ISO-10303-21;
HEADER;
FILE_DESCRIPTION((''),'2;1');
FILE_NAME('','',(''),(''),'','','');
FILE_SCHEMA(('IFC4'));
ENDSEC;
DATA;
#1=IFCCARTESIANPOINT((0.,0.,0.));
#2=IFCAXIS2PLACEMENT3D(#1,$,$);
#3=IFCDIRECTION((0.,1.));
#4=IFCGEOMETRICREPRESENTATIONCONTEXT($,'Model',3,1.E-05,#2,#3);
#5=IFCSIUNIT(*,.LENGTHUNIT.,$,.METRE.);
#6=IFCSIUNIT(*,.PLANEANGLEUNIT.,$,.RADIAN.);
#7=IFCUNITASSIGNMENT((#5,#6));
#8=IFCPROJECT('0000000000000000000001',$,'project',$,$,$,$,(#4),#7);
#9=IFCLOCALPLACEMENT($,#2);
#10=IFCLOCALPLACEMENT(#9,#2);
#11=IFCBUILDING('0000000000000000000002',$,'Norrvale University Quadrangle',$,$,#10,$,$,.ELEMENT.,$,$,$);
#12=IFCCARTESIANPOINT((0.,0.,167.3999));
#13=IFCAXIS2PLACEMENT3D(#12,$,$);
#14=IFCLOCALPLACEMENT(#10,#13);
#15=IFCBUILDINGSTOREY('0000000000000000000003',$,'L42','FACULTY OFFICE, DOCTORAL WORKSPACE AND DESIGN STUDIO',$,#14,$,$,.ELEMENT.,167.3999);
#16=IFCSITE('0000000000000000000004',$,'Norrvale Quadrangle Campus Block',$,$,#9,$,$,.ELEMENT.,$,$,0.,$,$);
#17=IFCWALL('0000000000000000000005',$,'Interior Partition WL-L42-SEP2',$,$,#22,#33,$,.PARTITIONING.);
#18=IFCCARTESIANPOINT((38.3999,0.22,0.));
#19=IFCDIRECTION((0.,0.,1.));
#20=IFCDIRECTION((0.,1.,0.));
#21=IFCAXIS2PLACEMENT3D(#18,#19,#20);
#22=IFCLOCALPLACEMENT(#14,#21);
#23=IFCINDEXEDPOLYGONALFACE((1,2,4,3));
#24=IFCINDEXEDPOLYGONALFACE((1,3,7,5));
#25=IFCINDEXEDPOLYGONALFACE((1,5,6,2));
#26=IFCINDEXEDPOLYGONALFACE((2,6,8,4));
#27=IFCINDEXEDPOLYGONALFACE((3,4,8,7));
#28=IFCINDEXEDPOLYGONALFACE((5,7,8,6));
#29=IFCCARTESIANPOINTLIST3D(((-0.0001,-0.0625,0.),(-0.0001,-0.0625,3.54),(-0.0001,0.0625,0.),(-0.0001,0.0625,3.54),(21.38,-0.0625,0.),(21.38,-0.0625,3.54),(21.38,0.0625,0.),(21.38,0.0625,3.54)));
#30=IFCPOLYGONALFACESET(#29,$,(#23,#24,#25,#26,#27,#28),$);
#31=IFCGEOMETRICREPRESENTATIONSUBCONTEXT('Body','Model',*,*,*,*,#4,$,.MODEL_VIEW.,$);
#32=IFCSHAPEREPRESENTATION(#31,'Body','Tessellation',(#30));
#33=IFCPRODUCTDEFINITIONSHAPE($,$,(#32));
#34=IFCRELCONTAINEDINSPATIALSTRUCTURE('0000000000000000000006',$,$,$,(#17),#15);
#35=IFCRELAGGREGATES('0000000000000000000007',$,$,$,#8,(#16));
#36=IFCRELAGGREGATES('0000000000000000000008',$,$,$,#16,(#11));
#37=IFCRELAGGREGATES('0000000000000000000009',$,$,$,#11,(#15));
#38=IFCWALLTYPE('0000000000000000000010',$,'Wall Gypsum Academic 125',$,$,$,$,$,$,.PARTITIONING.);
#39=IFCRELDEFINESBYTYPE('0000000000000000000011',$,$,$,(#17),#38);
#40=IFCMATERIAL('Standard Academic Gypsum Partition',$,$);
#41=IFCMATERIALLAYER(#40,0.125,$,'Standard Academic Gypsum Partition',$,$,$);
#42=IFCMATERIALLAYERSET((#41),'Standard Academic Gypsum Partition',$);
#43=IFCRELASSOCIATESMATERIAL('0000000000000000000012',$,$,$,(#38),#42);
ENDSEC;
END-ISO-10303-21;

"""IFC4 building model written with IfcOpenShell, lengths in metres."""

from ifc_helpers import new_model, si_unit, direction, frame, frame_2d, origin, place, context, subcontext, project, spatial, rectangle, extrude, material, layer, layer_set, type_object, element, save


model = new_model("IFC4")

# Units and contexts
model_context = context("Model", 3, precision=1e-05, world=origin(), true_north=direction((0.0, 1.0)))
body_context = subcontext(model_context, "Body", "Model", "MODEL_VIEW")
ifc_project = project(units=[si_unit("LENGTHUNIT", "METRE"), si_unit("PLANEANGLEUNIT", "RADIAN")], contexts=[model_context])

# Site, building, storey
site_placement = place(None, origin())
site = spatial("IfcSite", under=ifc_project, at=site_placement, Name="Norrvale Quadrangle Campus Block", CompositionType="ELEMENT", RefElevation=0.0)
building_placement = place(site_placement, origin())
building = spatial("IfcBuilding", under=site, at=building_placement, Name="Norrvale University Quadrangle", CompositionType="ELEMENT")
storey_placement = place(building_placement, frame((0.0, 0.0, 167.3999)))
storey = spatial("IfcBuildingStorey", under=building, at=storey_placement, Name="L42", Description="FACULTY OFFICE, DOCTORAL WORKSPACE AND DESIGN STUDIO", CompositionType="ELEMENT", Elevation=167.3999)

# Wall
ifc_material_1 = material(Name="Standard Academic Gypsum Partition")
ifc_layer_1 = layer(ifc_material_1, 0.125, Name="Standard Academic Gypsum Partition")
ifc_layer_set_1 = layer_set([ifc_layer_1], Name="Standard Academic Gypsum Partition")
wall_type_1 = type_object("IfcWallType", Name="Wall Gypsum Academic 125", PredefinedType="PARTITIONING", material=ifc_layer_set_1)
wall_1_placement = place(storey_placement, frame((38.3999, 0.22, 0.0), z_axis=(0.0, 0.0, 1.0), x_axis=(0.0, 1.0, 0.0)))
element("IfcWall", 1, at=wall_1_placement, inside=storey, type_object=wall_type_1, Name="Interior Partition WL-L42-SEP2", PredefinedType="PARTITIONING", context=body_context, shape_type="SweptSolid", body=[
    extrude(rectangle(XDim=21.3801, YDim=0.125, at=frame_2d((10.6899, 0.0))), origin(), (0.0, 0.0, 1.0), 3.54),
])

save(model, "model.ifc")
